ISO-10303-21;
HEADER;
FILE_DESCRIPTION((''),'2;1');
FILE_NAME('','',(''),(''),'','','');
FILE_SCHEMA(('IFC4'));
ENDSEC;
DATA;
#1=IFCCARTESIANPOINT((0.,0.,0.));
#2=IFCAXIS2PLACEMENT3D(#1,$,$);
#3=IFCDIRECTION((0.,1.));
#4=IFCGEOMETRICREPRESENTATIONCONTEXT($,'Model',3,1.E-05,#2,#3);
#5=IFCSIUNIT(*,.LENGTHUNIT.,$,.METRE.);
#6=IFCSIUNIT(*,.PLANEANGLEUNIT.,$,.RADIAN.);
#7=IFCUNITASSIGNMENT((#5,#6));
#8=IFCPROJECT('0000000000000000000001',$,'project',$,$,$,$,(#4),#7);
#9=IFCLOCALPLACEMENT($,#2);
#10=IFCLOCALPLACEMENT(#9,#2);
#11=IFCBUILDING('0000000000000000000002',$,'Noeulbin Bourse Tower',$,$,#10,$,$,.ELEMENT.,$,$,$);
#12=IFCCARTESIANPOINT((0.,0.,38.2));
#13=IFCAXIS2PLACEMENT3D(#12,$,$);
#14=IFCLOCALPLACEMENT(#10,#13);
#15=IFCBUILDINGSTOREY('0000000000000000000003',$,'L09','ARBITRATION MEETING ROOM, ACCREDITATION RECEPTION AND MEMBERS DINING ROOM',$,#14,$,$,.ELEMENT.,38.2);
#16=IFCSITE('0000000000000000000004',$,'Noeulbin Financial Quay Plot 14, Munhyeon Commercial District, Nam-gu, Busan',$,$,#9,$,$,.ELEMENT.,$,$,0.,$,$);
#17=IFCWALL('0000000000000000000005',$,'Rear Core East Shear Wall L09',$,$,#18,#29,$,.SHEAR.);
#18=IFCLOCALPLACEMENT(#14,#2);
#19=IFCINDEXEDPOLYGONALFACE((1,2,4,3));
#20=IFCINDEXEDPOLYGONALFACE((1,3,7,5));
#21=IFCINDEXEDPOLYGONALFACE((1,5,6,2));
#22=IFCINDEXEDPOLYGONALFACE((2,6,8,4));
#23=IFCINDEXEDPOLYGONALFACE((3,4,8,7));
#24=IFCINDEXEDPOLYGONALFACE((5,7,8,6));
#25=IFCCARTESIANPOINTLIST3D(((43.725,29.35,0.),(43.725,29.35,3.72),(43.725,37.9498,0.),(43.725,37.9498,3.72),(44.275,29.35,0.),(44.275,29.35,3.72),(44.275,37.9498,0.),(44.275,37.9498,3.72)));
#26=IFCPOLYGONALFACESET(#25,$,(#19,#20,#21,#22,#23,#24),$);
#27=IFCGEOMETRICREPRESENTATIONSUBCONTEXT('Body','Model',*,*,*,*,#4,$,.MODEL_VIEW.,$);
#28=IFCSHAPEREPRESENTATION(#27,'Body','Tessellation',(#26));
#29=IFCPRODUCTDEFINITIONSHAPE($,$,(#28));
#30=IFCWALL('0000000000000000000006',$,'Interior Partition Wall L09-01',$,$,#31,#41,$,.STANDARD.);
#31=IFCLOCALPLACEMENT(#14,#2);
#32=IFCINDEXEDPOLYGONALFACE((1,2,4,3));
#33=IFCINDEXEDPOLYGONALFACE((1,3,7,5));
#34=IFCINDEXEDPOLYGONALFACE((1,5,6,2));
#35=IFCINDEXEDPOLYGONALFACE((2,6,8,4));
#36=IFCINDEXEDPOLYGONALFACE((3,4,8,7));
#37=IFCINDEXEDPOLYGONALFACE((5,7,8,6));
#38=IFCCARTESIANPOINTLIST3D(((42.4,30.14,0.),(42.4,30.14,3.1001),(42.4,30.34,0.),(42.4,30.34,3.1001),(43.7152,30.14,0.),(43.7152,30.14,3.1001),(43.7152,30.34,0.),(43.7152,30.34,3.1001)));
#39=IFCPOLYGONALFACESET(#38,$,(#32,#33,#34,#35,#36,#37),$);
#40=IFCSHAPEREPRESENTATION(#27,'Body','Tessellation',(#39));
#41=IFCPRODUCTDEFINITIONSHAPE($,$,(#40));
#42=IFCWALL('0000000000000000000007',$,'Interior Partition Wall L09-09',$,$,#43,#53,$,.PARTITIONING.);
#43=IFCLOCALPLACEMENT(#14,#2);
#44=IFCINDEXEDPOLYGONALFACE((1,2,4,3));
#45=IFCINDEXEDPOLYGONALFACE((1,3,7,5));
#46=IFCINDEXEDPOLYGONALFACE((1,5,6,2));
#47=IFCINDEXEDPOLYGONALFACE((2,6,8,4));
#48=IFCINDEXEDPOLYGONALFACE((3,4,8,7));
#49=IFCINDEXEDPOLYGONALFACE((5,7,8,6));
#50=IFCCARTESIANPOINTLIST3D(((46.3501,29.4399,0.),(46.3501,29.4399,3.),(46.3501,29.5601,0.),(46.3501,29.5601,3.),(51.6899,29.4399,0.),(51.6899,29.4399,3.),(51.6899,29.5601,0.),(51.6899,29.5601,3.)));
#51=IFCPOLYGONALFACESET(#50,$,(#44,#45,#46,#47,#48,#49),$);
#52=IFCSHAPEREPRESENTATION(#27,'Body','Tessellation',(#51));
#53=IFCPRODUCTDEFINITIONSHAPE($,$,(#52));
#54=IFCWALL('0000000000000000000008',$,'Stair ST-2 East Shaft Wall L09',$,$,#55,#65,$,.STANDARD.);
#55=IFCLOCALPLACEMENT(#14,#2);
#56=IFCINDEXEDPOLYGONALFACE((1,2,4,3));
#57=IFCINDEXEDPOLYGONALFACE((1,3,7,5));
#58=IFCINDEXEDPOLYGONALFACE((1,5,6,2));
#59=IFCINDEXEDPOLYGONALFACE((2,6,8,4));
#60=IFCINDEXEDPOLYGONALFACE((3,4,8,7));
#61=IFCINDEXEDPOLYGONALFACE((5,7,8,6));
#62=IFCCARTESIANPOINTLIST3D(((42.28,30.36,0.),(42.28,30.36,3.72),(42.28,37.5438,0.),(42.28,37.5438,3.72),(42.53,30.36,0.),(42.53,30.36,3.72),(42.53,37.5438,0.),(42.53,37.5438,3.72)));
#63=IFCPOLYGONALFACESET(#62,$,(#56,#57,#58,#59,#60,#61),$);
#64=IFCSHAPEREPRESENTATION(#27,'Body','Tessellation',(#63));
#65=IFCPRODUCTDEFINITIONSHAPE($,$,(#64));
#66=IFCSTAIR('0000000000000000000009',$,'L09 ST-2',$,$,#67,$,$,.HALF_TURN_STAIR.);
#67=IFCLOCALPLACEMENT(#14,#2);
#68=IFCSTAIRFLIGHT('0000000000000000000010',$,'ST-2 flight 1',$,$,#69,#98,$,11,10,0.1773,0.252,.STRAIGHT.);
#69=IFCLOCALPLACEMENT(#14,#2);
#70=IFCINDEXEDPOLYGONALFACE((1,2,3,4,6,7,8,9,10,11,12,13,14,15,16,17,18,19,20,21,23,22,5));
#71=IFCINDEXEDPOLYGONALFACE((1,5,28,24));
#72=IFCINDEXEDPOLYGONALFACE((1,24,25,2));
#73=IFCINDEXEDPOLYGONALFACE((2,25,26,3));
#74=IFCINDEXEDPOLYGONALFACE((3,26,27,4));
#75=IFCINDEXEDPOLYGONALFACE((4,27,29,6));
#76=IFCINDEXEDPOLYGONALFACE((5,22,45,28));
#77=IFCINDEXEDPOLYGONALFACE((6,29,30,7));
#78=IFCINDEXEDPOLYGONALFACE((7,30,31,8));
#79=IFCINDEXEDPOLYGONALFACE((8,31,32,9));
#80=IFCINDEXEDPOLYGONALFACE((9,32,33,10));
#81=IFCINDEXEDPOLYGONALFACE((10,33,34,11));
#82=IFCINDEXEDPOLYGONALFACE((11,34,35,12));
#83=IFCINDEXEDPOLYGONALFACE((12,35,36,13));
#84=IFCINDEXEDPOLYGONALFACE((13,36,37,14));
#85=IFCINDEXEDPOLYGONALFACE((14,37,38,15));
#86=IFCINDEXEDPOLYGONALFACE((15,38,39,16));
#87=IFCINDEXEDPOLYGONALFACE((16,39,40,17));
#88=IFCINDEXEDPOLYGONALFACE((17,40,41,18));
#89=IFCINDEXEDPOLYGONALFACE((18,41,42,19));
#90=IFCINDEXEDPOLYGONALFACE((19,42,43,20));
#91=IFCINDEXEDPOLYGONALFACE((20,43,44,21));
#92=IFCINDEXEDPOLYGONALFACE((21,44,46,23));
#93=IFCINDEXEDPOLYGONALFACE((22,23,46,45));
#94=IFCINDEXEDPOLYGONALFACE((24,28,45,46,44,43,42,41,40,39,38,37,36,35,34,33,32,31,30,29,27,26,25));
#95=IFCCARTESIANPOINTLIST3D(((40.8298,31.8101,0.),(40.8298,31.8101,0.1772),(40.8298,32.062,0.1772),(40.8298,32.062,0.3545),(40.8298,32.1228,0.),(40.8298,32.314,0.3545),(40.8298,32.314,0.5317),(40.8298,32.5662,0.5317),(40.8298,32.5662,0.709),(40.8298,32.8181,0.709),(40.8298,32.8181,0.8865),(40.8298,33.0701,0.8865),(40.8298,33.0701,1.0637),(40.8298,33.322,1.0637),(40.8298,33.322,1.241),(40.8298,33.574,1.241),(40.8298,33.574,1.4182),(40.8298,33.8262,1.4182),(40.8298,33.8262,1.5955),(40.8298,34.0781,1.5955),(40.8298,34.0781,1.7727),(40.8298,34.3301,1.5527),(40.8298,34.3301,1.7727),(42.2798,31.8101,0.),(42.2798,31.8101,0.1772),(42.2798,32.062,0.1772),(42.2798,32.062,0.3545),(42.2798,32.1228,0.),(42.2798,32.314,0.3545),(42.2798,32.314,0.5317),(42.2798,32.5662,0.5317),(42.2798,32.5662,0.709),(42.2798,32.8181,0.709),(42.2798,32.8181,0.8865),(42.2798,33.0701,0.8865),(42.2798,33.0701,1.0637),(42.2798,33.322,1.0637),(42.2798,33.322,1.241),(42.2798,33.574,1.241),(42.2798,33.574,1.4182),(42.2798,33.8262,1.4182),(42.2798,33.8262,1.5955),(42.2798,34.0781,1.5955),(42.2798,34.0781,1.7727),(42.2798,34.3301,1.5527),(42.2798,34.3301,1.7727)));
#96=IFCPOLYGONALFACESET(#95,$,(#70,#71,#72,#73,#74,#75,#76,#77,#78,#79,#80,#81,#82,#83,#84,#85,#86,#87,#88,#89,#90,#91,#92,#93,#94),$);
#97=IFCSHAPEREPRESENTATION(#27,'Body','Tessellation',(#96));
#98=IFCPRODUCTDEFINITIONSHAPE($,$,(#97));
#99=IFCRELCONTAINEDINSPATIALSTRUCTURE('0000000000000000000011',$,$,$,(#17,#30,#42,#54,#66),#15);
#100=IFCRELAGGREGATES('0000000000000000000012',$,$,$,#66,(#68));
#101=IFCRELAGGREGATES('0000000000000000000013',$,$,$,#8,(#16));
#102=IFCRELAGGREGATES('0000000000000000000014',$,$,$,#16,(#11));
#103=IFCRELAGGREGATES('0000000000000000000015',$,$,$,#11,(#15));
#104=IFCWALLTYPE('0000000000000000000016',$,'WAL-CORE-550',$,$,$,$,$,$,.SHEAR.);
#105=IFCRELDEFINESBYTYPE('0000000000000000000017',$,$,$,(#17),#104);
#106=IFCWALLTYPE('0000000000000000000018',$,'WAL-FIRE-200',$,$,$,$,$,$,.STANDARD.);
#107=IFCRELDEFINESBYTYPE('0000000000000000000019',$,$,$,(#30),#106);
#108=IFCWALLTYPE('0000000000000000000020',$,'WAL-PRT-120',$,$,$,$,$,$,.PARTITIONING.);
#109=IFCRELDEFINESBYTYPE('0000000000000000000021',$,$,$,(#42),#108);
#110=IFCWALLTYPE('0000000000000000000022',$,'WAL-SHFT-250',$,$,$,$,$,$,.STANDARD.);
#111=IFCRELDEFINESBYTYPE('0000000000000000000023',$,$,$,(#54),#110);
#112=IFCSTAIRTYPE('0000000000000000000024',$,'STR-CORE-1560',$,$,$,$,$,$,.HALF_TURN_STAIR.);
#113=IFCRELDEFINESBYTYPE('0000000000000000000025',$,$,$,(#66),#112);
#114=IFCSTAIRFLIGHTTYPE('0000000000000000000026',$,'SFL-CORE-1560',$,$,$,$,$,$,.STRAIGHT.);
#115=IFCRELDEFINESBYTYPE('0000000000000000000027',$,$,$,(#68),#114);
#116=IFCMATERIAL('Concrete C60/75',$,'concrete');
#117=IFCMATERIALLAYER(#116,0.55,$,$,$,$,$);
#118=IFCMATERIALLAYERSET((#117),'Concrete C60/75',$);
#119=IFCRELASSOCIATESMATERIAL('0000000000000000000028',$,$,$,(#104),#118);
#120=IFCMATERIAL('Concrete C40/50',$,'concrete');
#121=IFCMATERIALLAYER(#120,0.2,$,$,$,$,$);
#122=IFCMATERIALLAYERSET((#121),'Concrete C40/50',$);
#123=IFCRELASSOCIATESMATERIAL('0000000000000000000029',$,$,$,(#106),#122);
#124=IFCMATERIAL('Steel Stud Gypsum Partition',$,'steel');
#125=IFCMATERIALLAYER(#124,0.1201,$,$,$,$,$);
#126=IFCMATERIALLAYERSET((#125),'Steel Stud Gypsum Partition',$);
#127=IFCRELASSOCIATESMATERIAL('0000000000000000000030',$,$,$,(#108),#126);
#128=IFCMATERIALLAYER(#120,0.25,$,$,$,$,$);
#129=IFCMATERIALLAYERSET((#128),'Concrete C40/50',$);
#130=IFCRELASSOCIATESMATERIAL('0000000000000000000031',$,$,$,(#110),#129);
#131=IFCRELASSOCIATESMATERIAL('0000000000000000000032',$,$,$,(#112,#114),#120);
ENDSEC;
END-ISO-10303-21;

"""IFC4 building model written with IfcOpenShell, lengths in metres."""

from ifc_helpers import new_model, si_unit, direction, frame, frame_2d, origin, place, context, subcontext, project, spatial, polyline, rectangle, outline, extrude, material, layer, layer_set, type_object, element, aggregate, save


model = new_model("IFC4")

# Units and contexts
model_context = context("Model", 3, precision=1e-05, world=origin(), true_north=direction((0.0, 1.0)))
body_context = subcontext(model_context, "Body", "Model", "MODEL_VIEW")
ifc_project = project(units=[si_unit("LENGTHUNIT", "METRE"), si_unit("PLANEANGLEUNIT", "RADIAN")], contexts=[model_context])

# Site, building, storey
site_placement = place(None, origin())
site = spatial("IfcSite", under=ifc_project, at=site_placement, Name="Noeulbin Financial Quay Plot 14, Munhyeon Commercial District, Nam-gu, Busan", CompositionType="ELEMENT", RefElevation=0.0)
building_placement = place(site_placement, origin())
building = spatial("IfcBuilding", under=site, at=building_placement, Name="Noeulbin Bourse Tower", CompositionType="ELEMENT")
storey_placement = place(building_placement, frame((0.0, 0.0, 38.2)))
storey = spatial("IfcBuildingStorey", under=building, at=storey_placement, Name="L09", Description="ARBITRATION MEETING ROOM, ACCREDITATION RECEPTION AND MEMBERS DINING ROOM", CompositionType="ELEMENT", Elevation=38.2)

# Walls
ifc_material_1 = material(Name="Concrete C60/75", Category="concrete")
ifc_layer_1 = layer(ifc_material_1, 0.55)
ifc_layer_set_1 = layer_set([ifc_layer_1], Name="Concrete C60/75")
wall_type_1 = type_object("IfcWallType", Name="WAL-CORE-550", PredefinedType="SHEAR", material=ifc_layer_set_1)
wall_1_placement = place(storey_placement, frame((44.0, 29.3501, 0.0), z_axis=(0.0, 0.0, 1.0), x_axis=(0.0, 1.0, 0.0)))
element("IfcWall", 1, at=wall_1_placement, inside=storey, type_object=wall_type_1, Name="Rear Core East Shear Wall L09", PredefinedType="SHEAR", context=body_context, shape_type="SweptSolid", body=[
    extrude(rectangle(XDim=8.5999, YDim=0.55, at=frame_2d((4.2998, 0.0))), origin(), (0.0, 0.0, 1.0), 3.72),
])
ifc_material_2 = material(Name="Concrete C40/50", Category="concrete")
ifc_layer_2 = layer(ifc_material_2, 0.2)
ifc_layer_set_2 = layer_set([ifc_layer_2], Name="Concrete C40/50")
wall_type_2 = type_object("IfcWallType", Name="WAL-FIRE-200", PredefinedType="STANDARD", material=ifc_layer_set_2)
wall_2_placement = place(storey_placement, frame((42.3999, 30.24, 0.0), z_axis=(0.0, 0.0, 1.0), x_axis=(1.0, 0.0, 0.0)))
element("IfcWall", 2, at=wall_2_placement, inside=storey, type_object=wall_type_2, Name="Interior Partition Wall L09-01", PredefinedType="STANDARD", context=body_context, shape_type="SweptSolid", body=[
    extrude(rectangle(XDim=1.3152, YDim=0.2, at=frame_2d((0.6577, 0.0))), origin(), (0.0, 0.0, 1.0), 3.1001),
])
ifc_material_3 = material(Name="Steel Stud Gypsum Partition", Category="steel")
ifc_layer_3 = layer(ifc_material_3, 0.1201)
ifc_layer_set_3 = layer_set([ifc_layer_3], Name="Steel Stud Gypsum Partition")
wall_type_3 = type_object("IfcWallType", Name="WAL-PRT-120", PredefinedType="PARTITIONING", material=ifc_layer_set_3)
wall_3_placement = place(storey_placement, frame((46.3501, 29.5, 0.0), z_axis=(0.0, 0.0, 1.0), x_axis=(1.0, 0.0, 0.0)))
element("IfcWall", 3, at=wall_3_placement, inside=storey, type_object=wall_type_3, Name="Interior Partition Wall L09-09", PredefinedType="PARTITIONING", context=body_context, shape_type="SweptSolid", body=[
    extrude(rectangle(XDim=5.3398, YDim=0.1201, at=frame_2d((2.6699, 0.0))), origin(), (0.0, 0.0, 1.0), 3.0),
])
ifc_layer_4 = layer(ifc_material_2, 0.25)
ifc_layer_set_4 = layer_set([ifc_layer_4], Name="Concrete C40/50")
wall_type_4 = type_object("IfcWallType", Name="WAL-SHFT-250", PredefinedType="STANDARD", material=ifc_layer_set_4)
wall_4_placement = place(storey_placement, frame((42.405, 30.3601, 0.0), z_axis=(0.0, 0.0, 1.0), x_axis=(0.0, 1.0, 0.0)))
element("IfcWall", 4, at=wall_4_placement, inside=storey, type_object=wall_type_4, Name="Stair ST-2 East Shaft Wall L09", PredefinedType="STANDARD", context=body_context, shape_type="SweptSolid", body=[
    extrude(rectangle(XDim=7.1838, YDim=0.25, at=frame_2d((3.5918, 0.0))), origin(), (0.0, 0.0, 1.0), 3.72),
])

# Stair, stair flight
stair_type = type_object("IfcStairType", Name="STR-CORE-1560", PredefinedType="HALF_TURN_STAIR", material=ifc_material_2)
stair_placement = place(storey_placement, origin())
stair = element("IfcStair", 5, at=stair_placement, inside=storey, type_object=stair_type, Name="L09 ST-2", PredefinedType="HALF_TURN_STAIR")
stair_flight_type = type_object("IfcStairFlightType", Name="SFL-CORE-1560", PredefinedType="STRAIGHT", material=ifc_material_2)
stair_flight_placement = place(storey_placement, frame((41.5549, 31.8101, 0.0), z_axis=(0.0, 0.0, 1.0), x_axis=(0.0, 1.0, 0.0)))
stair_flight = element("IfcStairFlight", 6, at=stair_flight_placement, type_object=stair_flight_type, Name="ST-2 flight 1", NumberOfRisers=11, NumberOfTreads=10, PredefinedType="STRAIGHT", RiserHeight=0.1773, TreadLength=0.252, context=body_context, shape_type="SweptSolid", body=[
    extrude(outline(polyline([(0.0, 0.0), (0.0, 0.1772), (0.252, 0.1772), (0.252, 0.3545), (0.5039, 0.3545), (0.5039, 0.5317), (0.7561, 0.5317), (0.7561, 0.709), (1.0081, 0.709), (1.0081, 0.8865), (1.26, 0.8865), (1.26, 1.0637), (1.512, 1.0637), (1.512, 1.241), (1.7639, 1.241), (1.7639, 1.4182), (2.0161, 1.4182), (2.0161, 1.5955), (2.2681, 1.5955), (2.2681, 1.7727), (2.52, 1.7727), (2.52, 1.95), (2.52, 1.5527), (0.3127, 0.0), (0.0, 0.0)])), frame((0.0, 0.7251, 0.0), z_axis=(0.0, -1.0, 0.0), x_axis=(1.0, 0.0, 0.0)), (0.0, 0.0, 1.0), 1.45),
])
aggregate(stair, [stair_flight])

save(model, "model.ifc")
